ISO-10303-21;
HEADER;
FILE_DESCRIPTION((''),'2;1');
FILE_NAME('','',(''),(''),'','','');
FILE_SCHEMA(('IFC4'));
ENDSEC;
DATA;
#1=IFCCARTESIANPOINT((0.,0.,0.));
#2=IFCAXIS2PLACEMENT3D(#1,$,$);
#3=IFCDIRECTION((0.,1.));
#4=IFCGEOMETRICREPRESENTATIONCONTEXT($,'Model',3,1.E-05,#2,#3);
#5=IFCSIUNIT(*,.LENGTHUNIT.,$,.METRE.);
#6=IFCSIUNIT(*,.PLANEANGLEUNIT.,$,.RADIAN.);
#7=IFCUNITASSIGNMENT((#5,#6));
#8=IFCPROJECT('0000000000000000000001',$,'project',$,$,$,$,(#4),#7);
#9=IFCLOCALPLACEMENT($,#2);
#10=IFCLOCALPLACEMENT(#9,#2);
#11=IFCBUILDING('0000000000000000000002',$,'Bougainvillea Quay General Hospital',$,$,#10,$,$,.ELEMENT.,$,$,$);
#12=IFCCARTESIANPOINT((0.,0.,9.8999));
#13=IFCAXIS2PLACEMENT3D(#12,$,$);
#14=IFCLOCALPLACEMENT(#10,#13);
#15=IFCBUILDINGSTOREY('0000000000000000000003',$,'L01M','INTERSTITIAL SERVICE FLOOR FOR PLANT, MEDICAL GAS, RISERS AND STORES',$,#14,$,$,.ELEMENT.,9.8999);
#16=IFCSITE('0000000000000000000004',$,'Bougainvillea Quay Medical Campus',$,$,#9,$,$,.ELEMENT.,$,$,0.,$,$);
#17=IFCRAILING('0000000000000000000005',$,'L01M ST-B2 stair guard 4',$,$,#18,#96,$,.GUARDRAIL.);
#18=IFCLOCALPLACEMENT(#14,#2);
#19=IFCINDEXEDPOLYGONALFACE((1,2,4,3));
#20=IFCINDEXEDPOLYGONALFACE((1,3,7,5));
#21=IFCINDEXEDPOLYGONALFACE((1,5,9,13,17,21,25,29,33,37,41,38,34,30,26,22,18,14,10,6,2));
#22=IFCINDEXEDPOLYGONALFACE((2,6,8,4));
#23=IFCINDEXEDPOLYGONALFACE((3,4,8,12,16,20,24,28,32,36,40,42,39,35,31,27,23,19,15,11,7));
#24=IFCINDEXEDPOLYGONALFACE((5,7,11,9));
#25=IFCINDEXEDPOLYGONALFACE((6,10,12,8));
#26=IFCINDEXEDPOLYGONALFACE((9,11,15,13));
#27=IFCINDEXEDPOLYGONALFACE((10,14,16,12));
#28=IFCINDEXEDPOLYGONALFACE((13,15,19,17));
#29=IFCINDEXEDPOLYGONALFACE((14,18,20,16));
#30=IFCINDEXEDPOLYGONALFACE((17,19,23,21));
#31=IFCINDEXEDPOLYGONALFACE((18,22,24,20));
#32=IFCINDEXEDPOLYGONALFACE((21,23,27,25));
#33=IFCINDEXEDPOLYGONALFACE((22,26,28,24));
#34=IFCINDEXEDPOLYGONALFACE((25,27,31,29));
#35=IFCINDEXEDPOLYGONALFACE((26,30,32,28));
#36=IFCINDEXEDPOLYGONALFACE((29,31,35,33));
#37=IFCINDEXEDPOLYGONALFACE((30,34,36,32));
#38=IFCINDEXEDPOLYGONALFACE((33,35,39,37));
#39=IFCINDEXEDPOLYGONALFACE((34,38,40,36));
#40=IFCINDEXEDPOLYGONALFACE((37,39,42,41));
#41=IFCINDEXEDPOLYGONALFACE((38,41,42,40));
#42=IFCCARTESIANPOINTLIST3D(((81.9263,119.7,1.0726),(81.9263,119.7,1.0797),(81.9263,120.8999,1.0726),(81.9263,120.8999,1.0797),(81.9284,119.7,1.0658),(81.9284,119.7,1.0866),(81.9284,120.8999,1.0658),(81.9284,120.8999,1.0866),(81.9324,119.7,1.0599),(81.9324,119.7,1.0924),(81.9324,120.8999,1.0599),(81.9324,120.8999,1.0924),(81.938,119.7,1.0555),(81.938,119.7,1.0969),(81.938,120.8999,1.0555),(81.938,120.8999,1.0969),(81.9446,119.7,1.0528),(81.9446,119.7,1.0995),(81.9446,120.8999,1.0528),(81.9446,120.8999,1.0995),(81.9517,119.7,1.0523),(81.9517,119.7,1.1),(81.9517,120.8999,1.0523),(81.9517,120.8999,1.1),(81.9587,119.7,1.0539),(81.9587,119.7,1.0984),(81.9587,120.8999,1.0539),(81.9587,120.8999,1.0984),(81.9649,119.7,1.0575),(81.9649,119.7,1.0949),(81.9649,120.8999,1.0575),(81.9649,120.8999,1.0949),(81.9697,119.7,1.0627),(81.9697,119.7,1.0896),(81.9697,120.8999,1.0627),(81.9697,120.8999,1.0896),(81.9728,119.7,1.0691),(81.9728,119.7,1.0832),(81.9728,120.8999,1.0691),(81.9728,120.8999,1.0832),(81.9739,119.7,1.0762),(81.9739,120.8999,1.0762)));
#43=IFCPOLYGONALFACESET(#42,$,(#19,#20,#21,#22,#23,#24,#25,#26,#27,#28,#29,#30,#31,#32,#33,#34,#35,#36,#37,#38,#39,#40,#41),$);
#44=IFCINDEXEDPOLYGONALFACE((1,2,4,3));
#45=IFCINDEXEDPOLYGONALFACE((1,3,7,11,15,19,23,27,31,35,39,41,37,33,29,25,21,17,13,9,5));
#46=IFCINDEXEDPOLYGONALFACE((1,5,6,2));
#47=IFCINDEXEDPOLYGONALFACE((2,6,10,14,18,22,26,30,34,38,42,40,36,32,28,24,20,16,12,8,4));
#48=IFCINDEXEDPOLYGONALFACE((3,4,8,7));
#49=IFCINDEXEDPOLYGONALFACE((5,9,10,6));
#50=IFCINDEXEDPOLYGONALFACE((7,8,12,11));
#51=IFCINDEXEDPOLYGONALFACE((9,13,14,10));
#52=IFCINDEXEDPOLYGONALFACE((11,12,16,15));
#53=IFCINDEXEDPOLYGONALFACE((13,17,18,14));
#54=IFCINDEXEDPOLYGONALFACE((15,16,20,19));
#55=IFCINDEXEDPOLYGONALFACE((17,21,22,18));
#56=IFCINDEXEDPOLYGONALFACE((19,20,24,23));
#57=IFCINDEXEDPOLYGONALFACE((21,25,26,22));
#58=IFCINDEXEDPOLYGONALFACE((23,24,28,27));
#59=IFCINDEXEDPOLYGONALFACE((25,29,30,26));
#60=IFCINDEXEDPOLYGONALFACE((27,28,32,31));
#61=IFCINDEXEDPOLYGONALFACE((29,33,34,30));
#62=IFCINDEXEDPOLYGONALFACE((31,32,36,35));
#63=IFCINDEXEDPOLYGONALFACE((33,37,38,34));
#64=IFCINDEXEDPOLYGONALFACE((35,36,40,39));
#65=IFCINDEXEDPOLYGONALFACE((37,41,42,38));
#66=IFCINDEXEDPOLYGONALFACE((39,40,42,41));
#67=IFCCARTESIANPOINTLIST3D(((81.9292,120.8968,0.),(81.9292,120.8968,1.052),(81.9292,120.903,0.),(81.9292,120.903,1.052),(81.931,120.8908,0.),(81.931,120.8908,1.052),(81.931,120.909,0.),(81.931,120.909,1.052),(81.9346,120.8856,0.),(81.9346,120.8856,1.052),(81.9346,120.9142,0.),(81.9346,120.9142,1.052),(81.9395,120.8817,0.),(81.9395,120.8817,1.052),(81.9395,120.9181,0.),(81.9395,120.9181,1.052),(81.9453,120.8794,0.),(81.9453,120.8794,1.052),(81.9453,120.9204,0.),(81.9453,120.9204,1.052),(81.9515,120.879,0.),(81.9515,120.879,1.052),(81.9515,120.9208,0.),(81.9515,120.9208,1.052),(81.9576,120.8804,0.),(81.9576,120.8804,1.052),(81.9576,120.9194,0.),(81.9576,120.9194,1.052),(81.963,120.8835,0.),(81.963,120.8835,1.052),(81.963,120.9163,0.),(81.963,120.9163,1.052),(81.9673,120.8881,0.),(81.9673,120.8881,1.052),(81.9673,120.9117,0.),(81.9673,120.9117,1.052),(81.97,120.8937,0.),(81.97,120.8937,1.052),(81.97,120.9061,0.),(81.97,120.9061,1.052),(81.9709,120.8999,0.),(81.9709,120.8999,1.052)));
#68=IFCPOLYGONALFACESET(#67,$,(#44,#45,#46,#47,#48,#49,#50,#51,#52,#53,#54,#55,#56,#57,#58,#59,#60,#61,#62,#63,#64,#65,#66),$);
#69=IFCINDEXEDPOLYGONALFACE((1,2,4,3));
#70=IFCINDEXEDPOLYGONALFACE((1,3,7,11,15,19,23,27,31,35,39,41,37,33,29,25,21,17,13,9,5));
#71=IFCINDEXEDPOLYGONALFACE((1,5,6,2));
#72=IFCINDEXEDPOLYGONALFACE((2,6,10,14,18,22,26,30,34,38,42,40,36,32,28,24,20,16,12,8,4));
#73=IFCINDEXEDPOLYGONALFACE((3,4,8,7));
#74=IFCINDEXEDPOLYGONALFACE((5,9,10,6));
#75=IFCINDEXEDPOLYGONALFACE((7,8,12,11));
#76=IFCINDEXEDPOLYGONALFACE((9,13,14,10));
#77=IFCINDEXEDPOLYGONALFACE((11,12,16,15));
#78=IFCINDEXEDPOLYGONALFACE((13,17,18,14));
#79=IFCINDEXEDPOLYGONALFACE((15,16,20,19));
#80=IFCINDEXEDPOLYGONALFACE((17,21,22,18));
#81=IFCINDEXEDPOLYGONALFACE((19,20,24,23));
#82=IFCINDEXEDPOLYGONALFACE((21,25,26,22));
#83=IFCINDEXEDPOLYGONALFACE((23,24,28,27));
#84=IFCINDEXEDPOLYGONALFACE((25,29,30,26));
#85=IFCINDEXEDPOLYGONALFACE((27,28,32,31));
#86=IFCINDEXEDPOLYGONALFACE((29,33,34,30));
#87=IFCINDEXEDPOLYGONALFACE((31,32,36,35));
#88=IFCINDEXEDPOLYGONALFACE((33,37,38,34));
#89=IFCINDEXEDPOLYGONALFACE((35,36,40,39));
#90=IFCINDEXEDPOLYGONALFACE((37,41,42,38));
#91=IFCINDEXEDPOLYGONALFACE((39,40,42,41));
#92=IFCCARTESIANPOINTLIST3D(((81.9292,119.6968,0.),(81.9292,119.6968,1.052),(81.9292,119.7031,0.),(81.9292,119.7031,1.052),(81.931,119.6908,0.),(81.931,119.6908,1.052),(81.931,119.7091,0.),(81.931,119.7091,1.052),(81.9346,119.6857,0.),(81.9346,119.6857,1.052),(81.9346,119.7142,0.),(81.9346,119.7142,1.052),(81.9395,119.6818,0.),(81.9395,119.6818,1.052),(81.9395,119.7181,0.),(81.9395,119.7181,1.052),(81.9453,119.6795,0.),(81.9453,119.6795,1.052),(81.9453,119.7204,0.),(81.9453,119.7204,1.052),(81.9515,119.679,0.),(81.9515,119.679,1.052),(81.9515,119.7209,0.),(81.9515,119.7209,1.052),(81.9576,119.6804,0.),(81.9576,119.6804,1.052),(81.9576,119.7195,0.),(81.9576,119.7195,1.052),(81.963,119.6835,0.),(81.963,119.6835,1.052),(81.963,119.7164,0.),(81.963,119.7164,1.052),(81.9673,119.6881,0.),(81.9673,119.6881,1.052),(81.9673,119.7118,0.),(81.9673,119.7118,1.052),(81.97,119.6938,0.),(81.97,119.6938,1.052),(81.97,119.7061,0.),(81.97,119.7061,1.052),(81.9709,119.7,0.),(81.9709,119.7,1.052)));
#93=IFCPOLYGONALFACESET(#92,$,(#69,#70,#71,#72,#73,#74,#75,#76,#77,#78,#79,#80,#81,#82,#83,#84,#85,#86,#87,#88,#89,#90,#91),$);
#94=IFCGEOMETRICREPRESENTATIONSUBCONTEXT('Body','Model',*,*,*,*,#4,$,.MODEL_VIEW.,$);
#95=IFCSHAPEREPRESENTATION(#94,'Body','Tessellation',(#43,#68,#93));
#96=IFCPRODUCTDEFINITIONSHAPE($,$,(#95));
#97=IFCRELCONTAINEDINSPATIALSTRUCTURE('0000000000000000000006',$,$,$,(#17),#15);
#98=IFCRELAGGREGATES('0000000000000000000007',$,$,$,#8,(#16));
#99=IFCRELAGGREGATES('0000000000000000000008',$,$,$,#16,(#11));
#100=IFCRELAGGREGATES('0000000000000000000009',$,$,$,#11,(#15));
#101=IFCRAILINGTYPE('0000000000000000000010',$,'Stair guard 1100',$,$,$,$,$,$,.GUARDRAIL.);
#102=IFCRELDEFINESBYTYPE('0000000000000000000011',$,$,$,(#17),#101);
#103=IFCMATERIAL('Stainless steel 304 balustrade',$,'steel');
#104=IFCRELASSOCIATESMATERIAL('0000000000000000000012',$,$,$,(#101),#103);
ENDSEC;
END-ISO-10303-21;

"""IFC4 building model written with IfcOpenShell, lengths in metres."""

from ifc_helpers import new_model, si_unit, direction, frame, origin, origin_2d, place, context, subcontext, project, spatial, circle, extrude, material, type_object, element, save


model = new_model("IFC4")

# Units and contexts
model_context = context("Model", 3, precision=1e-05, world=origin(), true_north=direction((0.0, 1.0)))
body_context = subcontext(model_context, "Body", "Model", "MODEL_VIEW")
ifc_project = project(units=[si_unit("LENGTHUNIT", "METRE"), si_unit("PLANEANGLEUNIT", "RADIAN")], contexts=[model_context])

# Site, building, storey
site_placement = place(None, origin())
site = spatial("IfcSite", under=ifc_project, at=site_placement, Name="Bougainvillea Quay Medical Campus", CompositionType="ELEMENT", RefElevation=0.0)
building_placement = place(site_placement, origin())
building = spatial("IfcBuilding", under=site, at=building_placement, Name="Bougainvillea Quay General Hospital", CompositionType="ELEMENT")
storey_placement = place(building_placement, frame((0.0, 0.0, 9.8999)))
storey = spatial("IfcBuildingStorey", under=building, at=storey_placement, Name="L01M", Description="INTERSTITIAL SERVICE FLOOR FOR PLANT, MEDICAL GAS, RISERS AND STORES", CompositionType="ELEMENT", Elevation=9.8999)

# Railing
ifc_material_1 = material(Name="Stainless steel 304 balustrade", Category="steel")
railing_type_1 = type_object("IfcRailingType", Name="Stair guard 1100", PredefinedType="GUARDRAIL", material=ifc_material_1)
railing_1_placement = place(storey_placement, frame((81.95, 120.8999, 0.0)))
element("IfcRailing", 1, at=railing_1_placement, inside=storey, type_object=railing_type_1, Name="L01M ST-B2 stair guard 4", PredefinedType="GUARDRAIL", context=body_context, shape_type="SweptSolid", body=[
    extrude(circle(Radius=0.0239, at=origin_2d()), frame((0.0, 0.0, 1.0762), z_axis=(0.0, -1.0, 0.0), x_axis=(1.0, 0.0, 0.0)), (0.0, 0.0, 1.0), 1.2),
    extrude(circle(Radius=0.021, at=origin_2d()), origin(), (0.0, 0.0, 1.0), 1.052),
    extrude(circle(Radius=0.021, at=origin_2d()), frame((0.0, -1.2, 0.0)), (0.0, 0.0, 1.0), 1.052),
])

save(model, "model.ifc")
